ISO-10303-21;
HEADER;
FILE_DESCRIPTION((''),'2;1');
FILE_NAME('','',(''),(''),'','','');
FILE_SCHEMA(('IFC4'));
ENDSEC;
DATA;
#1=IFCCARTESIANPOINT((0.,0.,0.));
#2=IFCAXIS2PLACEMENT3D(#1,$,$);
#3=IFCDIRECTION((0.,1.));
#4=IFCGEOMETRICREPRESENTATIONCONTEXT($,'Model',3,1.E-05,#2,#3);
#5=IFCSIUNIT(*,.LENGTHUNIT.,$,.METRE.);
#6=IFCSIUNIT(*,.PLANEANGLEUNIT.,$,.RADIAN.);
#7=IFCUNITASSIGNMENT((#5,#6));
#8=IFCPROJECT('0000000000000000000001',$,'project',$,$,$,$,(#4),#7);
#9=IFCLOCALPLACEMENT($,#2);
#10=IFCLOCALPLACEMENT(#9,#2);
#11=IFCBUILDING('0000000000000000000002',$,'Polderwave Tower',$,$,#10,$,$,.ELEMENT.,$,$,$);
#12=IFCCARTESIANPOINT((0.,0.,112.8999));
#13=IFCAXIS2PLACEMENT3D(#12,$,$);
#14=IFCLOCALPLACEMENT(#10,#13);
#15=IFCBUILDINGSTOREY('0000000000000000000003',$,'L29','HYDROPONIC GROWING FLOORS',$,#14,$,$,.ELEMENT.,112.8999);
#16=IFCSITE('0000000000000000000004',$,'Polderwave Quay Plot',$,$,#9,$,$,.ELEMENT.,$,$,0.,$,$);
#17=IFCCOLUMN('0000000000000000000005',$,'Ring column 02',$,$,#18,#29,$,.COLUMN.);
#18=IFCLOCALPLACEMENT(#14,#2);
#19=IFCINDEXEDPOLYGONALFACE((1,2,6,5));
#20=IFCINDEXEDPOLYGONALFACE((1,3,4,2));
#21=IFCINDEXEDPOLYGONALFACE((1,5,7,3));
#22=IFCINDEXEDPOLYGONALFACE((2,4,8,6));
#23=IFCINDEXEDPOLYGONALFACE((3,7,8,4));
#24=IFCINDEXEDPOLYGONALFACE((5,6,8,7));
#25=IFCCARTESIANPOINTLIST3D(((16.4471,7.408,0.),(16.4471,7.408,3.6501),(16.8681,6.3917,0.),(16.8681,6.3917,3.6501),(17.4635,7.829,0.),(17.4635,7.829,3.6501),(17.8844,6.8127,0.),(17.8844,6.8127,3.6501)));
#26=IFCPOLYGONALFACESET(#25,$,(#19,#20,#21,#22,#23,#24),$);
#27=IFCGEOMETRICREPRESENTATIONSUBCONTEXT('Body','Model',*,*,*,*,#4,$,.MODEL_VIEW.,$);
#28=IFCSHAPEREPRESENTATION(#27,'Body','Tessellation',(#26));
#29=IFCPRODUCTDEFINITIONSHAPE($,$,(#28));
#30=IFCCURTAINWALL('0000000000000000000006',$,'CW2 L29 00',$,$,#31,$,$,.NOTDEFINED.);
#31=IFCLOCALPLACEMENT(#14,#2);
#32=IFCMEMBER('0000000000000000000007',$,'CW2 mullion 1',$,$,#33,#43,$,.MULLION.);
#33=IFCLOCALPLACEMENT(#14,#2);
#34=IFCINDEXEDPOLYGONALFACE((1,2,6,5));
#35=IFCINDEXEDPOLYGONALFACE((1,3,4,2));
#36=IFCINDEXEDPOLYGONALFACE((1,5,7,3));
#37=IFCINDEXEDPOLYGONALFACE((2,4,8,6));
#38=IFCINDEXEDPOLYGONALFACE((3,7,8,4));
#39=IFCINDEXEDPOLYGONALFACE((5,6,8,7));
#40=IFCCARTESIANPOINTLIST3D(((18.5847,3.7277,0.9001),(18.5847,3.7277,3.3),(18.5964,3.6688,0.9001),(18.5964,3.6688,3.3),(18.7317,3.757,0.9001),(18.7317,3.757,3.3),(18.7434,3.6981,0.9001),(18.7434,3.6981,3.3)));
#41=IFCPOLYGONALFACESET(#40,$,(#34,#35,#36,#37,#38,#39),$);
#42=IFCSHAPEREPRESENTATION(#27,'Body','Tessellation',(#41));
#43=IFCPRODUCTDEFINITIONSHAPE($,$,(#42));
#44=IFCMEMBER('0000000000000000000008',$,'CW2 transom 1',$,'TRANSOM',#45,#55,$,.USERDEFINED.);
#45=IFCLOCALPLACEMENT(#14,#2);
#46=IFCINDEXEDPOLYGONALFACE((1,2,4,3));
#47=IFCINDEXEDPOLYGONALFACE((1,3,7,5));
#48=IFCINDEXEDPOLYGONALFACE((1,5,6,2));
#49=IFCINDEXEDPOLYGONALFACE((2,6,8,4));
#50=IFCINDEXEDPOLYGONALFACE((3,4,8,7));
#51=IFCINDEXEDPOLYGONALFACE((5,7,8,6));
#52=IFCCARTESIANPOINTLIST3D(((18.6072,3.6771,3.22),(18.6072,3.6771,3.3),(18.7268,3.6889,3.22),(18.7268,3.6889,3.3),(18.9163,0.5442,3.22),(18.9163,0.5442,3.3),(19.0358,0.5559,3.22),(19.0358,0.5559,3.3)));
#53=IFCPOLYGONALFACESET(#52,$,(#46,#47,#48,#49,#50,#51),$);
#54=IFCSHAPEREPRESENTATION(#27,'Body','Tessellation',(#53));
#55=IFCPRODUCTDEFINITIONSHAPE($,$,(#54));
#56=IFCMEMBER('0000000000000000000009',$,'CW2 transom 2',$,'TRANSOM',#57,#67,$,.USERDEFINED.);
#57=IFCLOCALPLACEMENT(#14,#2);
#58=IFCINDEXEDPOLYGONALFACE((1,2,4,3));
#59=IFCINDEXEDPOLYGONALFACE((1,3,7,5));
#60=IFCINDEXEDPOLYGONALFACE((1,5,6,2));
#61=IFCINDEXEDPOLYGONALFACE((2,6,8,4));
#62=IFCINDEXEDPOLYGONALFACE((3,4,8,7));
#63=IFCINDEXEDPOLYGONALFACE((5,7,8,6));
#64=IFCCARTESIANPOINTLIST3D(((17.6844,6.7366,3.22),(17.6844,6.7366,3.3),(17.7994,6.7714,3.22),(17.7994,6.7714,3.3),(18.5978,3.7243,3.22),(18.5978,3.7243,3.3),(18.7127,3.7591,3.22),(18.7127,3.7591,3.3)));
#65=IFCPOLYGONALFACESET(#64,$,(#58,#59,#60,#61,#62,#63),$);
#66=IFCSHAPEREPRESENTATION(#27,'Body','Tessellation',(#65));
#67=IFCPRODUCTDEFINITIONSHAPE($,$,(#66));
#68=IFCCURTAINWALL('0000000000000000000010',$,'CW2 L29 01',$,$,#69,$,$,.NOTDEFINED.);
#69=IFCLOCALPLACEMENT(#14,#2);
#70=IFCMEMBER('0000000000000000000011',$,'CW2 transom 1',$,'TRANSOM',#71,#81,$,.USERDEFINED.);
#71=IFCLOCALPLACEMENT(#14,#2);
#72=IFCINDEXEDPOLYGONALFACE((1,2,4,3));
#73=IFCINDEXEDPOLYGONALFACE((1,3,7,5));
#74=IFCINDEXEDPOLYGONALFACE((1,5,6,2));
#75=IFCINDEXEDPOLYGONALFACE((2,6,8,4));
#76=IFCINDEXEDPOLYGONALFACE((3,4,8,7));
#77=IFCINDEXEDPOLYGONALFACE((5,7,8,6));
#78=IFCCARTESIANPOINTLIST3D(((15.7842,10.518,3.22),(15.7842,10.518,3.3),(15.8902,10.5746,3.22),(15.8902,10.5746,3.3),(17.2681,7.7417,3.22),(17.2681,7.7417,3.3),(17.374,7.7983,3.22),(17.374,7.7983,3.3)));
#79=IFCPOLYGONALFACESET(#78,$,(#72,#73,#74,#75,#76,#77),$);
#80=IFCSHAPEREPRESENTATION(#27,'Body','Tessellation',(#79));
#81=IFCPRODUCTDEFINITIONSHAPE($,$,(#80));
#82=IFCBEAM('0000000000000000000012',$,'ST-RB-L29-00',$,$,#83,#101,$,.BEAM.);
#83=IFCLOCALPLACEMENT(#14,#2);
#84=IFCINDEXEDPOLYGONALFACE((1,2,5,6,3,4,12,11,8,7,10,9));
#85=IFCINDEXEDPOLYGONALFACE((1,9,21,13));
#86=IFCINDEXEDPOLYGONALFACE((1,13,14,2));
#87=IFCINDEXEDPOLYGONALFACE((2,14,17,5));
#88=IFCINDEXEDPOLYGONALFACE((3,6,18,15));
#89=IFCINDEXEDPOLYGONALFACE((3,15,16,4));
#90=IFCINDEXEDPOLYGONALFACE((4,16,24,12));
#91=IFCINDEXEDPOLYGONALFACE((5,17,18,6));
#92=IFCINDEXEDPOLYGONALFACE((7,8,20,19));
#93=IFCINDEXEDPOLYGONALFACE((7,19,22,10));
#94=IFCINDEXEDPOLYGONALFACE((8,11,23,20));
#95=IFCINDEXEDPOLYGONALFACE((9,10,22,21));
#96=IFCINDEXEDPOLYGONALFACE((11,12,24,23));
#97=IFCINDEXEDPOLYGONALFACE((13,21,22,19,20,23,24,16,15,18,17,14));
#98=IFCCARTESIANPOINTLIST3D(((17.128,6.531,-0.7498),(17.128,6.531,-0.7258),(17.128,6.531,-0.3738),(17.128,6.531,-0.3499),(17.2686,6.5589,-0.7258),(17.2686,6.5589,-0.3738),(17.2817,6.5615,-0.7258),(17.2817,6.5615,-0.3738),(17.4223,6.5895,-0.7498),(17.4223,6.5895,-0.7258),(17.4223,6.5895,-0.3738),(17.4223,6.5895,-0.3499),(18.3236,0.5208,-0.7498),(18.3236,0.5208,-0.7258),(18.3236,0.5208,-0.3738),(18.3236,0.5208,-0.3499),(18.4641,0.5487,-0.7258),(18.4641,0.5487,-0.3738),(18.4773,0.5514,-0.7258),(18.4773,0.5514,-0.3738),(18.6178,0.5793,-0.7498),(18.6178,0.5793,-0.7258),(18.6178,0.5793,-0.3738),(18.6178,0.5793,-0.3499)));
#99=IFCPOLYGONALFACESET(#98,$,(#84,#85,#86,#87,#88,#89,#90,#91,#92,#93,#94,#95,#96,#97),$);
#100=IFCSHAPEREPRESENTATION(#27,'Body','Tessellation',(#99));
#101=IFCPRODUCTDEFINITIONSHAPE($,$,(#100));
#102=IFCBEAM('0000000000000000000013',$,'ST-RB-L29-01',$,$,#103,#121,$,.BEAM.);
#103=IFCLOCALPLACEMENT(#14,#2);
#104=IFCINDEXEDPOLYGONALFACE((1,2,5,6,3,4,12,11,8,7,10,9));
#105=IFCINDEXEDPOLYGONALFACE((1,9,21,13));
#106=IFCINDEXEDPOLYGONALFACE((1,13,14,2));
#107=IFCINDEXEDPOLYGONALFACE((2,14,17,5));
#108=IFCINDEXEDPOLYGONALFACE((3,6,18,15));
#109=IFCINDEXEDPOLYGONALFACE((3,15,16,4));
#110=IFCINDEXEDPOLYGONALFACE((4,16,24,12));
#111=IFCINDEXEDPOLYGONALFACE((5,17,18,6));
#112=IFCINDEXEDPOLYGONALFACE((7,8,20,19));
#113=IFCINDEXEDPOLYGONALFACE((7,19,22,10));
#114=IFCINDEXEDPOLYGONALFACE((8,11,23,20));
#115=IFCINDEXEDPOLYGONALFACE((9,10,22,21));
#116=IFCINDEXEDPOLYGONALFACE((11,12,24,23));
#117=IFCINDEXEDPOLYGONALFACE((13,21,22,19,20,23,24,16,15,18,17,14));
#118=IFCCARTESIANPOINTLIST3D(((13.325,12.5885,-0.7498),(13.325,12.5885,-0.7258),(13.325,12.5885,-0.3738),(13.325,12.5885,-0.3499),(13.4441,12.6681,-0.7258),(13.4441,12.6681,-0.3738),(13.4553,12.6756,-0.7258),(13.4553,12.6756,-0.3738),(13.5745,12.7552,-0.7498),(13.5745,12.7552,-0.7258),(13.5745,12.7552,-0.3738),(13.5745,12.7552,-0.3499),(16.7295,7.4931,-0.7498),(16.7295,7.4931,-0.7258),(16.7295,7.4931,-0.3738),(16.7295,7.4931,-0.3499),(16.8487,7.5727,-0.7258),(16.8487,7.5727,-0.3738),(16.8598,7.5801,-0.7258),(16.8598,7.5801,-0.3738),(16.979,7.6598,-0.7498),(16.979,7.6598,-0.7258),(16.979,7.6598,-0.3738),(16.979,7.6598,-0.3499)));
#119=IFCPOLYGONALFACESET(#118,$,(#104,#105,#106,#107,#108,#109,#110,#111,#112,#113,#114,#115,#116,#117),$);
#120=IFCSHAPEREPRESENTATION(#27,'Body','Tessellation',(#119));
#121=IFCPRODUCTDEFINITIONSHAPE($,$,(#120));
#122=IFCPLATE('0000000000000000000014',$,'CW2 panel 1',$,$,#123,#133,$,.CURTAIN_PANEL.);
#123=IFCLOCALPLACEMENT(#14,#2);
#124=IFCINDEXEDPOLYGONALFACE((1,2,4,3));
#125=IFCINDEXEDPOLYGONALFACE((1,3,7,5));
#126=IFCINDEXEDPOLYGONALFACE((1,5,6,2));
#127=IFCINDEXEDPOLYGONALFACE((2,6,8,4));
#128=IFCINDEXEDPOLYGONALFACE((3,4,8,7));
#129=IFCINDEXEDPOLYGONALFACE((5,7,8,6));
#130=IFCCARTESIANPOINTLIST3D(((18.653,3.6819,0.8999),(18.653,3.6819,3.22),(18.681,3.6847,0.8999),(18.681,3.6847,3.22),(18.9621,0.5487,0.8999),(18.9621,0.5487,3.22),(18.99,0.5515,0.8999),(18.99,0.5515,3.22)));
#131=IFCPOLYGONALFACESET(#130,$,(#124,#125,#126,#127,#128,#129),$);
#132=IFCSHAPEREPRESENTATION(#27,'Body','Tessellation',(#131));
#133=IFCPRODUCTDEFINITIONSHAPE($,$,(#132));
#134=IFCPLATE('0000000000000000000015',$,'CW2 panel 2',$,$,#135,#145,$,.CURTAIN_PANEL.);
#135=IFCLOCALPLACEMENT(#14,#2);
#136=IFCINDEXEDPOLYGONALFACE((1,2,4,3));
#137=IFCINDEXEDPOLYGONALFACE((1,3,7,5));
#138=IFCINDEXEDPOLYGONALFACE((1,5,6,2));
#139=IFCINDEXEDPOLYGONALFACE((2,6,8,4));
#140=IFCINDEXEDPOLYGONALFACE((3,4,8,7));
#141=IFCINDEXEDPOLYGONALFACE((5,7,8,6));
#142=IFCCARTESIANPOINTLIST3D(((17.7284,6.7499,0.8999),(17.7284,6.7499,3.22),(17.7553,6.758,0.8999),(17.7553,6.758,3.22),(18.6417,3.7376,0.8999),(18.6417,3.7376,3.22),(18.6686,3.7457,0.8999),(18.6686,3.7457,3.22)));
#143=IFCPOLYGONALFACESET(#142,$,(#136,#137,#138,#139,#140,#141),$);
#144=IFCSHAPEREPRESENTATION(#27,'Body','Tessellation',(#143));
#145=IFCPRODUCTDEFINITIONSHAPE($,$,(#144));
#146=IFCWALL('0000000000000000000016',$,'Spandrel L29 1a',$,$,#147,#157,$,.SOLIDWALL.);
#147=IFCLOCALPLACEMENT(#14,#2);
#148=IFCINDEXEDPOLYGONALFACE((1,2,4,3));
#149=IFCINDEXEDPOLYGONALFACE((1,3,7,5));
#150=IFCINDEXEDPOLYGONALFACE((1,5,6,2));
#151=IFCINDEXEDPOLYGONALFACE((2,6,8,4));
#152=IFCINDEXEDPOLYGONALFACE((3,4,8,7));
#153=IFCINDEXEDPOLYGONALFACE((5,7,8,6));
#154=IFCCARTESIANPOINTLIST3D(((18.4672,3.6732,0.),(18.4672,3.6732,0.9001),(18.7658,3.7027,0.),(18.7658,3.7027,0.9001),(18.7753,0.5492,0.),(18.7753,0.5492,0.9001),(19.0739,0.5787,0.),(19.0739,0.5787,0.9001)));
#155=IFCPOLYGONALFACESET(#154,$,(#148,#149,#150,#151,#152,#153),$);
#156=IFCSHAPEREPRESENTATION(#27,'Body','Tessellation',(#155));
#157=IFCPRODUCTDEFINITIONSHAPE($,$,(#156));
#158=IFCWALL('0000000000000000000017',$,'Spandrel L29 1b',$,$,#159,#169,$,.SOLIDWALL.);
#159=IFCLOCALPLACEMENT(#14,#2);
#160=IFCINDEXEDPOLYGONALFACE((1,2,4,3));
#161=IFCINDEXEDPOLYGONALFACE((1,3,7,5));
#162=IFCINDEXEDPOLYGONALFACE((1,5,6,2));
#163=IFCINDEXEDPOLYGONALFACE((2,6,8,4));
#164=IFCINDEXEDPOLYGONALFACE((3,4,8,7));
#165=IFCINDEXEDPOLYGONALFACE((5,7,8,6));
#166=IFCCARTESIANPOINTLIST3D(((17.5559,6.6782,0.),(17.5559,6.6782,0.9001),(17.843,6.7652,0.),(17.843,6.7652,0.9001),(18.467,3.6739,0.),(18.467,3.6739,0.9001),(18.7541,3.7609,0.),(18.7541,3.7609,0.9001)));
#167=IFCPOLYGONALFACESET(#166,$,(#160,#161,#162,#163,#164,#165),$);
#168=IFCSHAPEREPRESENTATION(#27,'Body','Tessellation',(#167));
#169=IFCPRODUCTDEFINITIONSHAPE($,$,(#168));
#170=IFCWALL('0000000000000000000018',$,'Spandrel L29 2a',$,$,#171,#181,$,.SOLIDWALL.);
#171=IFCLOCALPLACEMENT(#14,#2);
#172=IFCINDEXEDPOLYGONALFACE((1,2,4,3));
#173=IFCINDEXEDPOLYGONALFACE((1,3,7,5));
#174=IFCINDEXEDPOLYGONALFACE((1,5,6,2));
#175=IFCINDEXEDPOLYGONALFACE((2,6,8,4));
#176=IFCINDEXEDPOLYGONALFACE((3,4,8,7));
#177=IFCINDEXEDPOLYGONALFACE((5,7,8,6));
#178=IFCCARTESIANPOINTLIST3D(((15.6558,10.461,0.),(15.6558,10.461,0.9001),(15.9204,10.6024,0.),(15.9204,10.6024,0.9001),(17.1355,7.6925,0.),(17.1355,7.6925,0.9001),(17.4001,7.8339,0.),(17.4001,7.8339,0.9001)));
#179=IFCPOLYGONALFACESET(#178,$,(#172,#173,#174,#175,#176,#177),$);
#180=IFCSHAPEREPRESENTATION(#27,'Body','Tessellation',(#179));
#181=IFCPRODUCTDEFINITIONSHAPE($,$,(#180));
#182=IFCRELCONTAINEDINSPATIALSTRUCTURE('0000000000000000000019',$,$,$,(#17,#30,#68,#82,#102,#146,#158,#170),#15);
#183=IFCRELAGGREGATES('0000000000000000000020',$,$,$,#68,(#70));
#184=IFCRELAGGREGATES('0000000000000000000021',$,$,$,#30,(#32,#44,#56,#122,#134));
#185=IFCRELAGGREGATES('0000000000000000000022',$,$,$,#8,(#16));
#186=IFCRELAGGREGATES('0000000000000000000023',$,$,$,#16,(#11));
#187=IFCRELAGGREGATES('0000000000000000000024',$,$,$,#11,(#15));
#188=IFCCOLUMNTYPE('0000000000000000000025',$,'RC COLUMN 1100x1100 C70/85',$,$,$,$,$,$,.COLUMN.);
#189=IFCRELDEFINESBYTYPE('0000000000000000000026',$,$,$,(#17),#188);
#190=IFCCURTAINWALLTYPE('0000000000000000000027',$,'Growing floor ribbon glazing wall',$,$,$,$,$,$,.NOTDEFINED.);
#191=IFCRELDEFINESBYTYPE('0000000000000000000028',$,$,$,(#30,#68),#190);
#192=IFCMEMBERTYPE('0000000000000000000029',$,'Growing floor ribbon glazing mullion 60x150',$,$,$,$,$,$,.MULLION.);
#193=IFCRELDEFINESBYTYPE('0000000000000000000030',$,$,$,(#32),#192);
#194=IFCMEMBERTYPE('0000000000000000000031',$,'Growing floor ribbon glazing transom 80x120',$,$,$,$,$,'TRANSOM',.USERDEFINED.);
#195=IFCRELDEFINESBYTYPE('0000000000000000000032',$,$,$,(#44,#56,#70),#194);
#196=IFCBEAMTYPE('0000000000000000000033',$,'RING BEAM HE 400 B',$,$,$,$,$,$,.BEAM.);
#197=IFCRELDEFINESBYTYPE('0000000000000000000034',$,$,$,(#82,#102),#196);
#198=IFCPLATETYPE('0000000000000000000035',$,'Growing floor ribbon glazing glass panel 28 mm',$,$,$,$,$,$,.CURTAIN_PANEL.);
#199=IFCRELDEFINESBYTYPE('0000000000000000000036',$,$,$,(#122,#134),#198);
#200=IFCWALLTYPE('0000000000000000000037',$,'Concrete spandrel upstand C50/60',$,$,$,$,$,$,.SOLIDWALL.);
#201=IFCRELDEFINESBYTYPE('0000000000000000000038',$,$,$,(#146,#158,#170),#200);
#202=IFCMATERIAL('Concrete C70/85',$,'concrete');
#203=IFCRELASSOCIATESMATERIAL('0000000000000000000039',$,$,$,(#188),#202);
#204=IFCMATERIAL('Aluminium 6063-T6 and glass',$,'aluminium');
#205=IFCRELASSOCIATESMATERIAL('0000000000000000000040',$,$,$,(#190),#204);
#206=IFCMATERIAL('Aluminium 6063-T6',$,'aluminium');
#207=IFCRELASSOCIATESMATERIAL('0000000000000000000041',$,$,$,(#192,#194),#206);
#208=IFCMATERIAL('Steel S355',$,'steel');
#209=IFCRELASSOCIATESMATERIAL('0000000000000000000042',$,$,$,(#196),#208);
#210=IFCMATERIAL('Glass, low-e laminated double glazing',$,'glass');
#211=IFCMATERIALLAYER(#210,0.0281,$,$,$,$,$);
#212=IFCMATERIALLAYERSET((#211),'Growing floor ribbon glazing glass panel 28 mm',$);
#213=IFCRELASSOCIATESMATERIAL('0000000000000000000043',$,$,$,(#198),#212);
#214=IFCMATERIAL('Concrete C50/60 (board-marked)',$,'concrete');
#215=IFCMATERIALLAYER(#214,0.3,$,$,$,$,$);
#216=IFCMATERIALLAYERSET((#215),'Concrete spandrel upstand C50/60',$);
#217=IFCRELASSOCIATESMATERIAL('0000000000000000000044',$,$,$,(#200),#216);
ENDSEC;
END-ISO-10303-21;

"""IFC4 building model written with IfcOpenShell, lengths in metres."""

from ifc_helpers import new_model, si_unit, direction, frame, frame_2d, origin, origin_2d, place, context, subcontext, project, spatial, rectangle, i_section, extrude, material, layer, layer_set, material_profile, profile_set, type_object, element, aggregate, save


model = new_model("IFC4")

# Units and contexts
model_context = context("Model", 3, precision=1e-05, world=origin(), true_north=direction((0.0, 1.0)))
body_context = subcontext(model_context, "Body", "Model", "MODEL_VIEW")
ifc_project = project(units=[si_unit("LENGTHUNIT", "METRE"), si_unit("PLANEANGLEUNIT", "RADIAN")], contexts=[model_context])

# Site, building, storey
site_placement = place(None, origin())
site = spatial("IfcSite", under=ifc_project, at=site_placement, Name="Polderwave Quay Plot", CompositionType="ELEMENT", RefElevation=0.0)
building_placement = place(site_placement, origin())
building = spatial("IfcBuilding", under=site, at=building_placement, Name="Polderwave Tower", CompositionType="ELEMENT")
storey_placement = place(building_placement, frame((0.0, 0.0, 112.8999)))
storey = spatial("IfcBuildingStorey", under=building, at=storey_placement, Name="L29", Description="HYDROPONIC GROWING FLOORS", CompositionType="ELEMENT", Elevation=112.8999)

# Column
ifc_material_1 = material(Name="Concrete C70/85", Category="concrete")
ifc_material_profile_1 = material_profile(ifc_material_1, rectangle(XDim=1.1001, YDim=1.1001, at=origin_2d()), Name="RC 1100x1100")
ifc_profile_set_1 = profile_set([ifc_material_profile_1], Name="Concrete C70/85")
column_type = type_object("IfcColumnType", Name="RC COLUMN 1100x1100 C70/85", PredefinedType="COLUMN", material=ifc_profile_set_1)
column_placement = place(storey_placement, frame((17.1658, 7.1104, 0.0), z_axis=(0.0, 0.0, 1.0), x_axis=(0.92388, 0.382683, 0.0)))
element("IfcColumn", 1, at=column_placement, inside=storey, type_object=column_type, Name="Ring column 02", PredefinedType="COLUMN", context=body_context, shape_type="SweptSolid", body=[
    extrude(rectangle(XDim=1.1001, YDim=1.1001, at=origin_2d()), origin(), (0.0, 0.0, 1.0), 3.6501),
])

# Curtain wall, members
ifc_material_2 = material(Name="Aluminium 6063-T6 and glass", Category="aluminium")
curtain_wall_type = type_object("IfcCurtainWallType", Name="Growing floor ribbon glazing wall", PredefinedType="NOTDEFINED", material=ifc_material_2)
curtain_wall_1_placement = place(storey_placement, origin())
curtain_wall_1 = element("IfcCurtainWall", 2, at=curtain_wall_1_placement, inside=storey, type_object=curtain_wall_type, Name="CW2 L29 00", PredefinedType="NOTDEFINED")
ifc_material_3 = material(Name="Aluminium 6063-T6", Category="aluminium")
ifc_material_profile_2 = material_profile(ifc_material_3, rectangle(XDim=0.1499, YDim=0.0601, at=origin_2d()), Name="AL 60x150")
ifc_profile_set_2 = profile_set([ifc_material_profile_2], Name="Aluminium 6063-T6")
member_type_1 = type_object("IfcMemberType", Name="Growing floor ribbon glazing mullion 60x150", PredefinedType="MULLION", material=ifc_profile_set_2)
member_1_placement = place(storey_placement, frame((18.6641, 3.7129, 0.9001), z_axis=(0.0, 0.0, 1.0), x_axis=(-0.980785, -0.195092, 0.0)))
member_1 = element("IfcMember", 3, at=member_1_placement, type_object=member_type_1, Name="CW2 mullion 1", PredefinedType="MULLION", context=body_context, shape_type="SweptSolid", body=[
    extrude(rectangle(XDim=0.1499, YDim=0.0601, at=origin_2d()), origin(), (0.0, 0.0, 1.0), 2.3999),
])
ifc_material_profile_3 = material_profile(ifc_material_3, rectangle(XDim=0.1201, YDim=0.0801, at=origin_2d()), Name="AL 80x120")
ifc_profile_set_3 = profile_set([ifc_material_profile_3], Name="Aluminium 6063-T6")
member_type_2 = type_object("IfcMemberType", Name="Growing floor ribbon glazing transom 80x120", ElementType="TRANSOM", PredefinedType="USERDEFINED", material=ifc_profile_set_3)
member_2_placement = place(storey_placement, frame((18.9761, 0.55, 3.26), z_axis=(-0.098175, 0.995169, 0.0), x_axis=(-0.995169, -0.098175, 0.0)))
member_2 = element("IfcMember", 4, at=member_2_placement, type_object=member_type_2, Name="CW2 transom 1", ObjectType="TRANSOM", PredefinedType="USERDEFINED", context=body_context, shape_type="SweptSolid", body=[
    extrude(rectangle(XDim=0.1201, YDim=0.0801, at=origin_2d()), origin(), (0.0, 0.0, 1.0), 3.1482),
])
member_3_placement = place(storey_placement, frame((18.6553, 3.7417, 3.26), z_axis=(-0.290165, 0.956977, 0.0), x_axis=(-0.956977, -0.290165, 0.0)))
member_3 = element("IfcMember", 5, at=member_3_placement, type_object=member_type_2, Name="CW2 transom 2", ObjectType="TRANSOM", PredefinedType="USERDEFINED", context=body_context, shape_type="SweptSolid", body=[
    extrude(rectangle(XDim=0.1201, YDim=0.0801, at=origin_2d()), origin(), (0.0, 0.0, 1.0), 3.1477),
])

# Curtain wall, member
curtain_wall_2_placement = place(storey_placement, origin())
curtain_wall_2 = element("IfcCurtainWall", 6, at=curtain_wall_2_placement, inside=storey, type_object=curtain_wall_type, Name="CW2 L29 01", PredefinedType="NOTDEFINED")
member_4_placement = place(storey_placement, frame((17.321, 7.77, 3.26), z_axis=(-0.471369, 0.881936, 0.0), x_axis=(-0.881936, -0.471369, 0.0)))
member_4 = element("IfcMember", 7, at=member_4_placement, type_object=member_type_2, Name="CW2 transom 1", ObjectType="TRANSOM", PredefinedType="USERDEFINED", context=body_context, shape_type="SweptSolid", body=[
    extrude(rectangle(XDim=0.1201, YDim=0.0801, at=origin_2d()), origin(), (0.0, 0.0, 1.0), 3.1479),
])
aggregate(curtain_wall_2, [member_4])

# Beams
ifc_material_4 = material(Name="Steel S355", Category="steel")
ifc_material_profile_4 = material_profile(ifc_material_4, i_section(OverallWidth=0.3, OverallDepth=0.3999, WebThickness=0.0134, FlangeThickness=0.0239, at=origin_2d()), Name="HE 400 B")
ifc_profile_set_4 = profile_set([ifc_material_profile_4], Name="Steel S355")
beam_type = type_object("IfcBeamType", Name="RING BEAM HE 400 B", PredefinedType="BEAM", material=ifc_profile_set_4)
beam_1_placement = place(storey_placement, frame((18.4707, 0.55, -0.5498), z_axis=(-0.195097, 0.980784, 0.0), x_axis=(-0.980784, -0.195097, 0.0)))
element("IfcBeam", 8, at=beam_1_placement, inside=storey, type_object=beam_type, Name="ST-RB-L29-00", PredefinedType="BEAM", context=body_context, shape_type="SweptSolid", body=[
    extrude(i_section(OverallWidth=0.3, OverallDepth=0.3999, WebThickness=0.0134, FlangeThickness=0.0239, at=origin_2d()), origin(), (0.0, 0.0, 1.0), 6.1279),
])
beam_2_placement = place(storey_placement, frame((16.8542, 7.5764, -0.5498), z_axis=(-0.555555, 0.83148, 0.0), x_axis=(-0.83148, -0.555555, 0.0)))
element("IfcBeam", 9, at=beam_2_placement, inside=storey, type_object=beam_type, Name="ST-RB-L29-01", PredefinedType="BEAM", context=body_context, shape_type="SweptSolid", body=[
    extrude(i_section(OverallWidth=0.3, OverallDepth=0.3999, WebThickness=0.0134, FlangeThickness=0.0239, at=origin_2d()), origin(), (0.0, 0.0, 1.0), 6.1282),
])

# Plates
ifc_material_5 = material(Name="Glass, low-e laminated double glazing", Category="glass")
ifc_layer_1 = layer(ifc_material_5, 0.0281)
ifc_layer_set_1 = layer_set([ifc_layer_1], Name="Growing floor ribbon glazing glass panel 28 mm")
plate_type = type_object("IfcPlateType", Name="Growing floor ribbon glazing glass panel 28 mm", PredefinedType="CURTAIN_PANEL", material=ifc_layer_set_1)
plate_1_placement = place(storey_placement, frame((18.8215, 2.1167, 0.8999), z_axis=(0.0, 0.0, 1.0), x_axis=(-0.098165, 0.99517, 0.0)))
plate_1 = element("IfcPlate", 10, at=plate_1_placement, type_object=plate_type, Name="CW2 panel 1", PredefinedType="CURTAIN_PANEL", context=body_context, shape_type="SweptSolid", body=[
    extrude(rectangle(XDim=3.1484, YDim=0.0281, at=origin_2d()), origin(), (0.0, 0.0, 1.0), 2.3201),
])
plate_2_placement = place(storey_placement, frame((18.1985, 5.2478, 0.8999), z_axis=(0.0, 0.0, 1.0), x_axis=(-0.290148, 0.956982, 0.0)))
plate_2 = element("IfcPlate", 11, at=plate_2_placement, type_object=plate_type, Name="CW2 panel 2", PredefinedType="CURTAIN_PANEL", context=body_context, shape_type="SweptSolid", body=[
    extrude(rectangle(XDim=3.1477, YDim=0.0281, at=origin_2d()), origin(), (0.0, 0.0, 1.0), 2.3201),
])
aggregate(curtain_wall_1, [member_1, member_2, member_3, plate_1, plate_2])

# Walls
ifc_material_6 = material(Name="Concrete C50/60 (board-marked)", Category="concrete")
ifc_layer_2 = layer(ifc_material_6, 0.3)
ifc_layer_set_2 = layer_set([ifc_layer_2], Name="Concrete spandrel upstand C50/60")
wall_type_1 = type_object("IfcWallType", Name="Concrete spandrel upstand C50/60", PredefinedType="SOLIDWALL", material=ifc_layer_set_2)
wall_1_placement = place(storey_placement, frame((18.9246, 0.564, 0.0), z_axis=(0.0, 0.0, 1.0), x_axis=(-0.098148, 0.995172, 0.0)))
element("IfcWall", 12, at=wall_1_placement, inside=storey, type_object=wall_type_1, Name="Spandrel L29 1a", PredefinedType="SOLIDWALL", context=body_context, shape_type="SweptSolid", body=[
    extrude(rectangle(XDim=3.1392, YDim=0.3, at=frame_2d((1.5696, 0.0))), origin(), (0.0, 0.0, 1.0), 0.9001),
])
wall_2_placement = place(storey_placement, frame((18.6106, 3.7173, 0.0), z_axis=(0.0, 0.0, 1.0), x_axis=(-0.290215, 0.956962, 0.0)))
element("IfcWall", 13, at=wall_2_placement, inside=storey, type_object=wall_type_1, Name="Spandrel L29 1b", PredefinedType="SOLIDWALL", context=body_context, shape_type="SweptSolid", body=[
    extrude(rectangle(XDim=3.1394, YDim=0.3, at=frame_2d((1.5698, 0.0))), origin(), (0.0, 0.0, 1.0), 0.9001),
])
wall_3_placement = place(storey_placement, frame((17.2678, 7.7632, 0.0), z_axis=(0.0, 0.0, 1.0), x_axis=(-0.471375, 0.881933, 0.0)))
element("IfcWall", 14, at=wall_3_placement, inside=storey, type_object=wall_type_1, Name="Spandrel L29 2a", PredefinedType="SOLIDWALL", context=body_context, shape_type="SweptSolid", body=[
    extrude(rectangle(XDim=3.1392, YDim=0.3, at=frame_2d((1.5696, 0.0))), origin(), (0.0, 0.0, 1.0), 0.9001),
])

save(model, "model.ifc")
